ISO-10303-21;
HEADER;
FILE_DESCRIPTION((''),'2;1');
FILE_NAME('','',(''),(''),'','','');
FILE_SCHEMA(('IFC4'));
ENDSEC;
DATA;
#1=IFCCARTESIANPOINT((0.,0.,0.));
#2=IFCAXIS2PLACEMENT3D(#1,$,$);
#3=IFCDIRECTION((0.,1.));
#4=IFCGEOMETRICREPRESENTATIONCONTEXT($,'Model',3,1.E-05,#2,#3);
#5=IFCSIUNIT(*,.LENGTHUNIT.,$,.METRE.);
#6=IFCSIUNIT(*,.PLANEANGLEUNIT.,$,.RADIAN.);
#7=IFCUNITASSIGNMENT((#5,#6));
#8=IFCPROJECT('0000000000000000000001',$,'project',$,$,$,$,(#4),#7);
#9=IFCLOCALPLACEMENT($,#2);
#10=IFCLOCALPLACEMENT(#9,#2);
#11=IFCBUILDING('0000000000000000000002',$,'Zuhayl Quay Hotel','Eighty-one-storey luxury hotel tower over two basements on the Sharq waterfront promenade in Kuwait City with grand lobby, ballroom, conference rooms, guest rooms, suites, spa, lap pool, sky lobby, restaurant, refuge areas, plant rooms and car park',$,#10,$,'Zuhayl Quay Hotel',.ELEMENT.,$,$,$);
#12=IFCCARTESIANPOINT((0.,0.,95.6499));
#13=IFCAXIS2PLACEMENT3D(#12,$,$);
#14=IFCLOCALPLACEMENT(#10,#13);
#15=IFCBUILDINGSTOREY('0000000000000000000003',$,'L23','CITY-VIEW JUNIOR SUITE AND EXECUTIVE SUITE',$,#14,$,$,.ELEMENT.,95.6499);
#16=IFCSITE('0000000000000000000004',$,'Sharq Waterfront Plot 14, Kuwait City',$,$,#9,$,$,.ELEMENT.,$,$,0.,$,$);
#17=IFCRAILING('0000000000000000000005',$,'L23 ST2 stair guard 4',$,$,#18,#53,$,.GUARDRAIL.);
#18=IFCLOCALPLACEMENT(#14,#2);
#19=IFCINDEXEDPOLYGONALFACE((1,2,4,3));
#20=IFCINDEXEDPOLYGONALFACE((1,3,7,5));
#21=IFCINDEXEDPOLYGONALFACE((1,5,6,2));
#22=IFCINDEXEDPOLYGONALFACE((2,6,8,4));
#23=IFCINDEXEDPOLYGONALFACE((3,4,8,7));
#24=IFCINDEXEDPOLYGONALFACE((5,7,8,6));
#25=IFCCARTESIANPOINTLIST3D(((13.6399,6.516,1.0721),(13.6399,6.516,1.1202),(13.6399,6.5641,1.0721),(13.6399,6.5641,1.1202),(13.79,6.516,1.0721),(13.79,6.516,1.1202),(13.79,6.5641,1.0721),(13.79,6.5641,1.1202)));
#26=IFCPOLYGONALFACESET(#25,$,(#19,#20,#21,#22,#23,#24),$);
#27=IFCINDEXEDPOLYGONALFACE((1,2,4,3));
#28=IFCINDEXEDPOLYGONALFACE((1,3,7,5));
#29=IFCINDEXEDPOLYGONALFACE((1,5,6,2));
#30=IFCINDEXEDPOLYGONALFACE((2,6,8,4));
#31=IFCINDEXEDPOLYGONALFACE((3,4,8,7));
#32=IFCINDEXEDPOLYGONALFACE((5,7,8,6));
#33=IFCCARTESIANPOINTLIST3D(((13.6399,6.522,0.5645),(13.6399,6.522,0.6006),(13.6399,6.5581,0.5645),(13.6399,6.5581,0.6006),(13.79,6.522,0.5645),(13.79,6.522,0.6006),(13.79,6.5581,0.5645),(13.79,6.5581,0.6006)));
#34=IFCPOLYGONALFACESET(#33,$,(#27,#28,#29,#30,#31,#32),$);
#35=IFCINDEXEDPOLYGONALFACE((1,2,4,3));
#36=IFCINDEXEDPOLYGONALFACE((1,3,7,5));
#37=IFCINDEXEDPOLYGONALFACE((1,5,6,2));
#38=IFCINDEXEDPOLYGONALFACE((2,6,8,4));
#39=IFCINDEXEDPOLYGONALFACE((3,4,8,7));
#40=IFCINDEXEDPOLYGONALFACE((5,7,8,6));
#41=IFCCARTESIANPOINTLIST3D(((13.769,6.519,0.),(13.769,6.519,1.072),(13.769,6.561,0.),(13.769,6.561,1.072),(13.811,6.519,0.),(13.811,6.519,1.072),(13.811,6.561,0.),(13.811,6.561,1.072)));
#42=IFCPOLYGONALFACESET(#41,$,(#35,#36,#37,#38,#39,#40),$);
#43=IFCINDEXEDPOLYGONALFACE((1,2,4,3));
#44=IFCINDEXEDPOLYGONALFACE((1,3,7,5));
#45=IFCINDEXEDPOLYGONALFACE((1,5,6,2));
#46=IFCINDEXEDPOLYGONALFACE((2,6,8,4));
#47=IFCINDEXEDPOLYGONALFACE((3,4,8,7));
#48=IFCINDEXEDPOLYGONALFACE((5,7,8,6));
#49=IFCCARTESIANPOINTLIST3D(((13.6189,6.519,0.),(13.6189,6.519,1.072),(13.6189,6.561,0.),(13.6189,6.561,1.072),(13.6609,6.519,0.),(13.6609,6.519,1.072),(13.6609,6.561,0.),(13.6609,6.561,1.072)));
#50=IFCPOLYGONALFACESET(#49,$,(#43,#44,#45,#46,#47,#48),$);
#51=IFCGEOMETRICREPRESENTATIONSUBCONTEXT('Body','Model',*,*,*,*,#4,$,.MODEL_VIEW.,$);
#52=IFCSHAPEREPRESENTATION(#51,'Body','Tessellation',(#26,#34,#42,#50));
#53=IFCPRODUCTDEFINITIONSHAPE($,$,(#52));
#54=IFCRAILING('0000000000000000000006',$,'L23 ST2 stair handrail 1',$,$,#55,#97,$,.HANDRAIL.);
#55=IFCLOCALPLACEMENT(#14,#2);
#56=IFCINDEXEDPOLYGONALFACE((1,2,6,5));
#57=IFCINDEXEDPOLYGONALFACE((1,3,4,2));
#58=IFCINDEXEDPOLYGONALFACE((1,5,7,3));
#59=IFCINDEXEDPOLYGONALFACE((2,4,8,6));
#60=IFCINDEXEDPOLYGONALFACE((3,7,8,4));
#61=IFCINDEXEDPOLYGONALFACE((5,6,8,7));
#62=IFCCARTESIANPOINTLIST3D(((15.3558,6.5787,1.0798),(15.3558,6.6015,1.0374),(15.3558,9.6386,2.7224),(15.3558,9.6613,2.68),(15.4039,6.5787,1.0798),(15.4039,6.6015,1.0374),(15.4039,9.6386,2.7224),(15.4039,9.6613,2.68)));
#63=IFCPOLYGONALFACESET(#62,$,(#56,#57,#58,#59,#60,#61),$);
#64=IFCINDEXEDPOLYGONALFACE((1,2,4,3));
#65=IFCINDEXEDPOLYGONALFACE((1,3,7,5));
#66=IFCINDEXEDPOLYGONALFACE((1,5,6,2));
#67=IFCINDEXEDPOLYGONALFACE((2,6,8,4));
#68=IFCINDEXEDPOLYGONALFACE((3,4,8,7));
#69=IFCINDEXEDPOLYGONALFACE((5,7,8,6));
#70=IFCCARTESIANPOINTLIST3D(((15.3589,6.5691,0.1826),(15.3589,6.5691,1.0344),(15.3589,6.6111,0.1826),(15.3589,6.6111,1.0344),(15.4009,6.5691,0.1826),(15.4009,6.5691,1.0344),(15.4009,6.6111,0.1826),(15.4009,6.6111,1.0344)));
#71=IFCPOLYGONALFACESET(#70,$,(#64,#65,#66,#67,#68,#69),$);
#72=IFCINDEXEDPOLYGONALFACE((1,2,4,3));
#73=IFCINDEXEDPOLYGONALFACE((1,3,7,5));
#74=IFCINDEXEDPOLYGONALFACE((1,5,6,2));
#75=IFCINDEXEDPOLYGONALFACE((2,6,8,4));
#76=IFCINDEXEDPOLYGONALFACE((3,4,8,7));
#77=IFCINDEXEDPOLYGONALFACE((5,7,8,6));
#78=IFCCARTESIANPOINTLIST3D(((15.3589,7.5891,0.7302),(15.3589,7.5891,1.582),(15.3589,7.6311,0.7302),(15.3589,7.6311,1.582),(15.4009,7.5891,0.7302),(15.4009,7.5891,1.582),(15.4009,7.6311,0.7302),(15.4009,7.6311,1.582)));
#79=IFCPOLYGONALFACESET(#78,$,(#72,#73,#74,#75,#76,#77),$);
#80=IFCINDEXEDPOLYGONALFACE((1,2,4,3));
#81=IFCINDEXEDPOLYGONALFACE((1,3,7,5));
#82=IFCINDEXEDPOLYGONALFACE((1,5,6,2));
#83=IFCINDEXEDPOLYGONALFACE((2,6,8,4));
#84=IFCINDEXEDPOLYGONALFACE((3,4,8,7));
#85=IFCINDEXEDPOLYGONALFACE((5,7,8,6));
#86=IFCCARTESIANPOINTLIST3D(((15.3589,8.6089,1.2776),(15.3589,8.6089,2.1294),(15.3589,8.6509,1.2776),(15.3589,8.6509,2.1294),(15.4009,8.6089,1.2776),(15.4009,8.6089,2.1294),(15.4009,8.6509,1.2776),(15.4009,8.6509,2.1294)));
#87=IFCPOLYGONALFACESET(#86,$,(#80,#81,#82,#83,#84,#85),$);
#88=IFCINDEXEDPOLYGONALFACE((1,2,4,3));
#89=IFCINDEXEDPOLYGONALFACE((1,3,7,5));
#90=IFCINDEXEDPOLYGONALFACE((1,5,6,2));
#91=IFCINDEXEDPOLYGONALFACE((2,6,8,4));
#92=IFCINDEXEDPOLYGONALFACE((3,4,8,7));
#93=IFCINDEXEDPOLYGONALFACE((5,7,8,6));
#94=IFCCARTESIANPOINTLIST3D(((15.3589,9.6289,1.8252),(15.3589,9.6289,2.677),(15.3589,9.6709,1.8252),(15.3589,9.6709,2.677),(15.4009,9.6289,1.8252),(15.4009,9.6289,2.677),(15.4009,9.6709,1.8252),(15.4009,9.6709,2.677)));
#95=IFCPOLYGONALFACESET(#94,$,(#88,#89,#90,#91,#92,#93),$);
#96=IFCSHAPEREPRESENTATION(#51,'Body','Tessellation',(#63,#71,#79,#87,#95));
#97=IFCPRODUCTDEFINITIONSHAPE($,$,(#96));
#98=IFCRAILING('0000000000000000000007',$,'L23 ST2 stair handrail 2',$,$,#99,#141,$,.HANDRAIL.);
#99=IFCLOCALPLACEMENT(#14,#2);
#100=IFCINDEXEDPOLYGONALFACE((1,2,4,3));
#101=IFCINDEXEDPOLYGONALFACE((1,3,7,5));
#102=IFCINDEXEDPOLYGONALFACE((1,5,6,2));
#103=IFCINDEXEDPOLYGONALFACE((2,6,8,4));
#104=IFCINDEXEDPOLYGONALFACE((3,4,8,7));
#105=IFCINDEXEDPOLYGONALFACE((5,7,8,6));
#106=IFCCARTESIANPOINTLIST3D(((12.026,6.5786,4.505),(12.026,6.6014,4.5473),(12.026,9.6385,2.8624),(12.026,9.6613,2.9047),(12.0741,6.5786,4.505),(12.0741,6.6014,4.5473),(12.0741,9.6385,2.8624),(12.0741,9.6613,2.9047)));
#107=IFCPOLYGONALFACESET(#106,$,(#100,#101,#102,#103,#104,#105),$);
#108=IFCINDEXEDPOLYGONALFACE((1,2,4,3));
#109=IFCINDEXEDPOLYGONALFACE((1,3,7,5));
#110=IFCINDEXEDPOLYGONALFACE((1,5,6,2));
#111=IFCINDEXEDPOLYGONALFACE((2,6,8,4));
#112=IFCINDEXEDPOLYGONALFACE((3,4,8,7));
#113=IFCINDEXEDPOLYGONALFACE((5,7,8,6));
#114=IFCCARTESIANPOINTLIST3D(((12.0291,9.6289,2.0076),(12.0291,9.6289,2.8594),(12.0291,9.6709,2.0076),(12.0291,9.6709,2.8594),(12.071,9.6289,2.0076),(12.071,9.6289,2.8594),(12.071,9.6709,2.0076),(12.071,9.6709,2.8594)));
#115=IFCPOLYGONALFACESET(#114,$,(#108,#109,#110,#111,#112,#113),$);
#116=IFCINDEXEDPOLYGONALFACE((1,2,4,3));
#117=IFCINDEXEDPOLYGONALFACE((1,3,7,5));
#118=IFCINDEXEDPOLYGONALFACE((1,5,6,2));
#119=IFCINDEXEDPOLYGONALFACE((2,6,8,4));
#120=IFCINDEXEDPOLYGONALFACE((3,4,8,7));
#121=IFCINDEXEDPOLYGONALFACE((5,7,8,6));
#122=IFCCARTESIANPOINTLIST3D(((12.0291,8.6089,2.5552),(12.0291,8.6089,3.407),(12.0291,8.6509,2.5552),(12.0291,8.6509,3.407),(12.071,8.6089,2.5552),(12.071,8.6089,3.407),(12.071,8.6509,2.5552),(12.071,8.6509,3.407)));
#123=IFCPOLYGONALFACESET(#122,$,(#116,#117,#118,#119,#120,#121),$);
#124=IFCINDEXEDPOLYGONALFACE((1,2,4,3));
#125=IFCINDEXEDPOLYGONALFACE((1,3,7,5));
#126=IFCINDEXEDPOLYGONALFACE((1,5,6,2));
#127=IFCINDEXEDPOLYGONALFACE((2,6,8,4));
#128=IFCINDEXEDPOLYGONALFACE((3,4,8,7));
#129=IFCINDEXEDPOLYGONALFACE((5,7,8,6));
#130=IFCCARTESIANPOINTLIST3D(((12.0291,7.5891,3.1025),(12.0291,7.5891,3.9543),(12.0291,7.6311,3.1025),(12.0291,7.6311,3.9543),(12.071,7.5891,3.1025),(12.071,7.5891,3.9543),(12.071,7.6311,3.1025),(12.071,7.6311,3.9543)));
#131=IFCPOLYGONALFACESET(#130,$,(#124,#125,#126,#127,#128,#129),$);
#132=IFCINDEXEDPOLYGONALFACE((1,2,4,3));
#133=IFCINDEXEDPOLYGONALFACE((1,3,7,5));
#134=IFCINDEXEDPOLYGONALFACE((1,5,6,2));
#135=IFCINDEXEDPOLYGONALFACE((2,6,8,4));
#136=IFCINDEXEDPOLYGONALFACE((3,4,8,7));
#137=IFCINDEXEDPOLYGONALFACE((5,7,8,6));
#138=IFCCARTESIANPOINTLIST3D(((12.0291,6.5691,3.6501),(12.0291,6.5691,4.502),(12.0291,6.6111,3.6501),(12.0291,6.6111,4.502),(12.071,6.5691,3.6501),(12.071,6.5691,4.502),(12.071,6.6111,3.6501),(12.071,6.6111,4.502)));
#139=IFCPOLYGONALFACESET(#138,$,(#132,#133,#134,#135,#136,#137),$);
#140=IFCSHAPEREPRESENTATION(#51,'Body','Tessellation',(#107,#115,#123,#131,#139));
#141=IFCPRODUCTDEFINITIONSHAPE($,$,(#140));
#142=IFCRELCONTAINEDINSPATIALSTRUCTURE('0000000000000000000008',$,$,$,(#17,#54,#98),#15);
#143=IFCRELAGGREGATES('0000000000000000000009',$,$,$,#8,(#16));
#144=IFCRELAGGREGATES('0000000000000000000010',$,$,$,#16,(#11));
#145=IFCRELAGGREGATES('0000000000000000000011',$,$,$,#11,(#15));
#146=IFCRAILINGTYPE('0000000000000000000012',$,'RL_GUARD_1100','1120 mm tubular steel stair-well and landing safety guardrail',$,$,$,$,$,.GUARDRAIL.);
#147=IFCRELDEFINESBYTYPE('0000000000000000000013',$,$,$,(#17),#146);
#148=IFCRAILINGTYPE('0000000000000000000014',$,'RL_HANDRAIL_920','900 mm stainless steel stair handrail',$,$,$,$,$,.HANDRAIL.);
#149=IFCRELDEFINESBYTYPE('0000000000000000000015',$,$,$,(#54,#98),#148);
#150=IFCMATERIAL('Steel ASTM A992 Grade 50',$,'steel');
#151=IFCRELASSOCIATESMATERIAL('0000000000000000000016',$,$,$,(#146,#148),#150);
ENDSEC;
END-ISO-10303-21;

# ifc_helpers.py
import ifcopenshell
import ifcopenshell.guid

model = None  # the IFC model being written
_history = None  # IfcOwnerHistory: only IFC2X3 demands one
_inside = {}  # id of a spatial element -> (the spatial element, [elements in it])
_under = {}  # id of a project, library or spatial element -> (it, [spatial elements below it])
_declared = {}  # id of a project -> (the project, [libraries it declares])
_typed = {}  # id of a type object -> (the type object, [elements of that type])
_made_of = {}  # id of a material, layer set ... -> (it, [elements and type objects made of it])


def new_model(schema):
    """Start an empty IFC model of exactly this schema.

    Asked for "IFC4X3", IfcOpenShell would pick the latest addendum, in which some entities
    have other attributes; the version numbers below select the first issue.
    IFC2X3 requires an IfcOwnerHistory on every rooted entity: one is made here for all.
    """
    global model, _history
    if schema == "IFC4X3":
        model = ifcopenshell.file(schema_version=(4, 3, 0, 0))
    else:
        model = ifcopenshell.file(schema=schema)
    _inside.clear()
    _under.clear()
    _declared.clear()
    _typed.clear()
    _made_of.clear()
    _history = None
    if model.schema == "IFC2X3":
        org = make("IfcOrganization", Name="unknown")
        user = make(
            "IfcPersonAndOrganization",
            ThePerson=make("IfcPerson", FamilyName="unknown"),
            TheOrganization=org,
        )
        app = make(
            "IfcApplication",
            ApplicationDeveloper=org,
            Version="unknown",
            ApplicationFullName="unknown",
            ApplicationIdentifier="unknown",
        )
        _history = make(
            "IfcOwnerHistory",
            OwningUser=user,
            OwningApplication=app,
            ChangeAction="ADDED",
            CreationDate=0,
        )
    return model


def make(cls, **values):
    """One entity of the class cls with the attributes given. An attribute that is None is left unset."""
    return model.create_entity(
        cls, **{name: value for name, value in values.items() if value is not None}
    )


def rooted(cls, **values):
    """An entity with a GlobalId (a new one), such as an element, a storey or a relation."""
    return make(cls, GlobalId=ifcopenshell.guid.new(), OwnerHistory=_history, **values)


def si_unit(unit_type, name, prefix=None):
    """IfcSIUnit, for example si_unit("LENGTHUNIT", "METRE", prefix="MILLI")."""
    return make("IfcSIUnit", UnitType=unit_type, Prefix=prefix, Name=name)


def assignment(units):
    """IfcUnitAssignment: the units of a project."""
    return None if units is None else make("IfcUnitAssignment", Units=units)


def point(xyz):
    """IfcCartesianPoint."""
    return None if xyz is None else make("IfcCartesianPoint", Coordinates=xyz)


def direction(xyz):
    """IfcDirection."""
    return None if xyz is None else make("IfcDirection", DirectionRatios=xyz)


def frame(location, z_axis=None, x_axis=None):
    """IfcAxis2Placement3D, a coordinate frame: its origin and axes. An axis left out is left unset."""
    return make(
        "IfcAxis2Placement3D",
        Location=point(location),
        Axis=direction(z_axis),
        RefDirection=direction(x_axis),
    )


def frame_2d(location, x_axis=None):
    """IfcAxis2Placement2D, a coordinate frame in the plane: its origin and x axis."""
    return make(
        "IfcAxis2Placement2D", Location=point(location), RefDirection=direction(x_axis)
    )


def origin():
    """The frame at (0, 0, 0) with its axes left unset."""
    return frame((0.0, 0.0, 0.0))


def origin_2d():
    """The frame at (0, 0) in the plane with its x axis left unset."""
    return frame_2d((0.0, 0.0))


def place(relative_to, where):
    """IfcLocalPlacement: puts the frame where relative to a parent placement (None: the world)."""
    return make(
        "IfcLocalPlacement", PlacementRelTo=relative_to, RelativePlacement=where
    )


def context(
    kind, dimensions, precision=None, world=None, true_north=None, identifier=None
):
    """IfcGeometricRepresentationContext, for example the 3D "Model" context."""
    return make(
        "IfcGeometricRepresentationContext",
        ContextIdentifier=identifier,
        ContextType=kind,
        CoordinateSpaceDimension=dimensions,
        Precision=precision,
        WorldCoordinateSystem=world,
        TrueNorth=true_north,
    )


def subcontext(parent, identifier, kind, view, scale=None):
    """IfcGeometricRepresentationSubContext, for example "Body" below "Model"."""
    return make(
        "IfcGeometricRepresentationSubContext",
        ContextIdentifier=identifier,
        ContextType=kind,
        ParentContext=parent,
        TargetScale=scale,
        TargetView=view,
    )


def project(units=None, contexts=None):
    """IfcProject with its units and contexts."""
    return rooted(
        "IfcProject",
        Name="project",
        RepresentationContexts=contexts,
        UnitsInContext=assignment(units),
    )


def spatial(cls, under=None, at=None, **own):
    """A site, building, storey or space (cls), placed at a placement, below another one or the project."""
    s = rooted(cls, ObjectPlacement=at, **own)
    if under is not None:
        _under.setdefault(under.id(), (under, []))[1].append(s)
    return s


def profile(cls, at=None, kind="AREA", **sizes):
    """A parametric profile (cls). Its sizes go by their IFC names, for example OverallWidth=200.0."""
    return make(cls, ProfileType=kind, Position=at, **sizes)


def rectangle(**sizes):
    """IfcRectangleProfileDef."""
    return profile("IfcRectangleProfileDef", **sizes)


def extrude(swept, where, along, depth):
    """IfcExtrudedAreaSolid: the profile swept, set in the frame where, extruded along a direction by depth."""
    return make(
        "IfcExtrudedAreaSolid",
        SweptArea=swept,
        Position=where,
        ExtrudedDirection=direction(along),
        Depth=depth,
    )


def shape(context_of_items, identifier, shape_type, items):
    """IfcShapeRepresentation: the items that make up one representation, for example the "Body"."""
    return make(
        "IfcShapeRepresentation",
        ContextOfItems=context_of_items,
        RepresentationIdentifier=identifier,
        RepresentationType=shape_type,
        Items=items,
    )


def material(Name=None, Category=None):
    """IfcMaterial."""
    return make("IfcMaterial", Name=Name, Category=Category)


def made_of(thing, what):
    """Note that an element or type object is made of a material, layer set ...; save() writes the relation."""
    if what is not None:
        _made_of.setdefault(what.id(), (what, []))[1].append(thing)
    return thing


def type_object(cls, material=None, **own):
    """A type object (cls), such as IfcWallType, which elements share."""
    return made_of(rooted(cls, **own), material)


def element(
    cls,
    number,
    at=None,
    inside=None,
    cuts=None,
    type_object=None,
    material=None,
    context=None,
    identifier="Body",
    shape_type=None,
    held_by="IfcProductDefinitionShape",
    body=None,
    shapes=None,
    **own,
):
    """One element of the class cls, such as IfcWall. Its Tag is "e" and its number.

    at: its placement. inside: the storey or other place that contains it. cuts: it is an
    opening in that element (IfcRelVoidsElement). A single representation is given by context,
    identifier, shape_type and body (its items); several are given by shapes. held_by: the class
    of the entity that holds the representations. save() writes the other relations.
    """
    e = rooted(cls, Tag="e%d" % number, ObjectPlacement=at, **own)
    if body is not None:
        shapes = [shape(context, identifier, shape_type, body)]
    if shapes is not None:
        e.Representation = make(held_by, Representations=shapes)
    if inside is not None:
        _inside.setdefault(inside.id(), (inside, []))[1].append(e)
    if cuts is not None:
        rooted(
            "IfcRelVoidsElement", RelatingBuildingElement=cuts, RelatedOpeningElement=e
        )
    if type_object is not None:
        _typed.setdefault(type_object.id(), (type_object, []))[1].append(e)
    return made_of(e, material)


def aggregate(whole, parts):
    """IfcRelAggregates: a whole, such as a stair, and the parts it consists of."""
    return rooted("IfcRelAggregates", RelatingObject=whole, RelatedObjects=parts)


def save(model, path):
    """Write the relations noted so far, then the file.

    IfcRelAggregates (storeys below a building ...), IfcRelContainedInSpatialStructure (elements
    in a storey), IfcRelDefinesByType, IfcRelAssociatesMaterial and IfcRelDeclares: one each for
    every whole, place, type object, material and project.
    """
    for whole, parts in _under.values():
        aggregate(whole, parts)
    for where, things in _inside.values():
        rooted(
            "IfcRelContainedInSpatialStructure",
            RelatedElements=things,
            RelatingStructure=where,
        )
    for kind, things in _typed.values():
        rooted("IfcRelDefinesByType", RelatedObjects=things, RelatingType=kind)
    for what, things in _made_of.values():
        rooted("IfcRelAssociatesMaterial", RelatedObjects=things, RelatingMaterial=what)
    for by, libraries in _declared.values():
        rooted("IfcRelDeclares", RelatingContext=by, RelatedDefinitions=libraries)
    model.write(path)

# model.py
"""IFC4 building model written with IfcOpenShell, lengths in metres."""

from ifc_helpers import new_model, si_unit, direction, frame, origin, origin_2d, place, context, subcontext, project, spatial, rectangle, extrude, material, type_object, element, save


model = new_model("IFC4")

# Units and contexts
model_context = context("Model", 3, precision=1e-05, world=origin(), true_north=direction((0.0, 1.0)))
body_context = subcontext(model_context, "Body", "Model", "MODEL_VIEW")
ifc_project = project(units=[si_unit("LENGTHUNIT", "METRE"), si_unit("PLANEANGLEUNIT", "RADIAN")], contexts=[model_context])

# Site, building, storey
site_placement = place(None, origin())
site = spatial("IfcSite", under=ifc_project, at=site_placement, Name="Sharq Waterfront Plot 14, Kuwait City", CompositionType="ELEMENT", RefElevation=0.0)
building_placement = place(site_placement, origin())
building = spatial("IfcBuilding", under=site, at=building_placement, Name="Zuhayl Quay Hotel", Description="Eighty-one-storey luxury hotel tower over two basements on the Sharq waterfront promenade in Kuwait City with grand lobby, ballroom, conference rooms, guest rooms, suites, spa, lap pool, sky lobby, restaurant, refuge areas, plant rooms and car park", LongName="Zuhayl Quay Hotel", CompositionType="ELEMENT")
storey_placement = place(building_placement, frame((0.0, 0.0, 95.6499)))
storey = spatial("IfcBuildingStorey", under=building, at=storey_placement, Name="L23", Description="CITY-VIEW JUNIOR SUITE AND EXECUTIVE SUITE", CompositionType="ELEMENT", Elevation=95.6499)

# Shared definitions
ifc_material_1 = material(Name="Steel ASTM A992 Grade 50", Category="steel")

# Railings
railing_type_1 = type_object("IfcRailingType", Name="RL_GUARD_1100", Description="1120 mm tubular steel stair-well and landing safety guardrail", PredefinedType="GUARDRAIL", material=ifc_material_1)
railing_1_placement = place(storey_placement, frame((13.79, 6.54, 0.0)))
element("IfcRailing", 1, at=railing_1_placement, inside=storey, type_object=railing_type_1, Name="L23 ST2 stair guard 4", PredefinedType="GUARDRAIL", context=body_context, shape_type="SweptSolid", body=[
    extrude(rectangle(XDim=0.0481, YDim=0.0481, at=origin_2d()), frame((0.0, 0.0, 1.0962), z_axis=(-1.0, 0.0, 0.0), x_axis=(0.0, -1.0, 0.0)), (0.0, 0.0, 1.0), 0.1501),
    extrude(rectangle(XDim=0.0361, YDim=0.0361, at=origin_2d()), frame((0.0, 0.0, 0.5825), z_axis=(-1.0, 0.0, 0.0), x_axis=(0.0, -1.0, 0.0)), (0.0, 0.0, 1.0), 0.1501),
    extrude(rectangle(XDim=0.042, YDim=0.042, at=origin_2d()), origin(), (0.0, 0.0, 1.0), 1.072),
    extrude(rectangle(XDim=0.042, YDim=0.042, at=origin_2d()), frame((-0.1501, 0.0, 0.0)), (0.0, 0.0, 1.0), 1.072),
])
railing_type_2 = type_object("IfcRailingType", Name="RL_HANDRAIL_920", Description="900 mm stainless steel stair handrail", PredefinedType="HANDRAIL", material=ifc_material_1)
railing_2_placement = place(storey_placement, frame((15.3799, 6.5901, 0.1826)))
element("IfcRailing", 2, at=railing_2_placement, inside=storey, type_object=railing_type_2, Name="L23 ST2 stair handrail 1", PredefinedType="HANDRAIL", context=body_context, shape_type="SweptSolid", body=[
    extrude(rectangle(XDim=0.0481, YDim=0.0481, at=origin_2d()), frame((0.0, 0.0, 0.876), z_axis=(0.0, 0.881073, 0.47298), x_axis=(-1.0, 0.0, 0.0)), (0.0, 0.0, 1.0), 3.4729),
    extrude(rectangle(XDim=0.042, YDim=0.042, at=origin_2d()), origin(), (0.0, 0.0, 1.0), 0.8518),
    extrude(rectangle(XDim=0.042, YDim=0.042, at=origin_2d()), frame((0.0, 1.02, 0.5476)), (0.0, 0.0, 1.0), 0.8518),
    extrude(rectangle(XDim=0.042, YDim=0.042, at=origin_2d()), frame((0.0, 2.0398, 1.095)), (0.0, 0.0, 1.0), 0.8518),
    extrude(rectangle(XDim=0.042, YDim=0.042, at=origin_2d()), frame((0.0, 3.0598, 1.6426)), (0.0, 0.0, 1.0), 0.8518),
])
railing_3_placement = place(storey_placement, frame((12.05, 9.6499, 2.0076)))
element("IfcRailing", 3, at=railing_3_placement, inside=storey, type_object=railing_type_2, Name="L23 ST2 stair handrail 2", PredefinedType="HANDRAIL", context=body_context, shape_type="SweptSolid", body=[
    extrude(rectangle(XDim=0.0481, YDim=0.0481, at=origin_2d()), frame((0.0, 0.0, 0.876), z_axis=(0.0, -0.881073, 0.47298), x_axis=(1.0, 0.0, 0.0)), (0.0, 0.0, 1.0), 3.4729),
    extrude(rectangle(XDim=0.042, YDim=0.042, at=origin_2d()), origin(), (0.0, 0.0, 1.0), 0.8518),
    extrude(rectangle(XDim=0.042, YDim=0.042, at=origin_2d()), frame((0.0, -1.02, 0.5476)), (0.0, 0.0, 1.0), 0.8518),
    extrude(rectangle(XDim=0.042, YDim=0.042, at=origin_2d()), frame((0.0, -2.0398, 1.095)), (0.0, 0.0, 1.0), 0.8518),
    extrude(rectangle(XDim=0.042, YDim=0.042, at=origin_2d()), frame((0.0, -3.0598, 1.6426)), (0.0, 0.0, 1.0), 0.8518),
])

save(model, "model.ifc")
